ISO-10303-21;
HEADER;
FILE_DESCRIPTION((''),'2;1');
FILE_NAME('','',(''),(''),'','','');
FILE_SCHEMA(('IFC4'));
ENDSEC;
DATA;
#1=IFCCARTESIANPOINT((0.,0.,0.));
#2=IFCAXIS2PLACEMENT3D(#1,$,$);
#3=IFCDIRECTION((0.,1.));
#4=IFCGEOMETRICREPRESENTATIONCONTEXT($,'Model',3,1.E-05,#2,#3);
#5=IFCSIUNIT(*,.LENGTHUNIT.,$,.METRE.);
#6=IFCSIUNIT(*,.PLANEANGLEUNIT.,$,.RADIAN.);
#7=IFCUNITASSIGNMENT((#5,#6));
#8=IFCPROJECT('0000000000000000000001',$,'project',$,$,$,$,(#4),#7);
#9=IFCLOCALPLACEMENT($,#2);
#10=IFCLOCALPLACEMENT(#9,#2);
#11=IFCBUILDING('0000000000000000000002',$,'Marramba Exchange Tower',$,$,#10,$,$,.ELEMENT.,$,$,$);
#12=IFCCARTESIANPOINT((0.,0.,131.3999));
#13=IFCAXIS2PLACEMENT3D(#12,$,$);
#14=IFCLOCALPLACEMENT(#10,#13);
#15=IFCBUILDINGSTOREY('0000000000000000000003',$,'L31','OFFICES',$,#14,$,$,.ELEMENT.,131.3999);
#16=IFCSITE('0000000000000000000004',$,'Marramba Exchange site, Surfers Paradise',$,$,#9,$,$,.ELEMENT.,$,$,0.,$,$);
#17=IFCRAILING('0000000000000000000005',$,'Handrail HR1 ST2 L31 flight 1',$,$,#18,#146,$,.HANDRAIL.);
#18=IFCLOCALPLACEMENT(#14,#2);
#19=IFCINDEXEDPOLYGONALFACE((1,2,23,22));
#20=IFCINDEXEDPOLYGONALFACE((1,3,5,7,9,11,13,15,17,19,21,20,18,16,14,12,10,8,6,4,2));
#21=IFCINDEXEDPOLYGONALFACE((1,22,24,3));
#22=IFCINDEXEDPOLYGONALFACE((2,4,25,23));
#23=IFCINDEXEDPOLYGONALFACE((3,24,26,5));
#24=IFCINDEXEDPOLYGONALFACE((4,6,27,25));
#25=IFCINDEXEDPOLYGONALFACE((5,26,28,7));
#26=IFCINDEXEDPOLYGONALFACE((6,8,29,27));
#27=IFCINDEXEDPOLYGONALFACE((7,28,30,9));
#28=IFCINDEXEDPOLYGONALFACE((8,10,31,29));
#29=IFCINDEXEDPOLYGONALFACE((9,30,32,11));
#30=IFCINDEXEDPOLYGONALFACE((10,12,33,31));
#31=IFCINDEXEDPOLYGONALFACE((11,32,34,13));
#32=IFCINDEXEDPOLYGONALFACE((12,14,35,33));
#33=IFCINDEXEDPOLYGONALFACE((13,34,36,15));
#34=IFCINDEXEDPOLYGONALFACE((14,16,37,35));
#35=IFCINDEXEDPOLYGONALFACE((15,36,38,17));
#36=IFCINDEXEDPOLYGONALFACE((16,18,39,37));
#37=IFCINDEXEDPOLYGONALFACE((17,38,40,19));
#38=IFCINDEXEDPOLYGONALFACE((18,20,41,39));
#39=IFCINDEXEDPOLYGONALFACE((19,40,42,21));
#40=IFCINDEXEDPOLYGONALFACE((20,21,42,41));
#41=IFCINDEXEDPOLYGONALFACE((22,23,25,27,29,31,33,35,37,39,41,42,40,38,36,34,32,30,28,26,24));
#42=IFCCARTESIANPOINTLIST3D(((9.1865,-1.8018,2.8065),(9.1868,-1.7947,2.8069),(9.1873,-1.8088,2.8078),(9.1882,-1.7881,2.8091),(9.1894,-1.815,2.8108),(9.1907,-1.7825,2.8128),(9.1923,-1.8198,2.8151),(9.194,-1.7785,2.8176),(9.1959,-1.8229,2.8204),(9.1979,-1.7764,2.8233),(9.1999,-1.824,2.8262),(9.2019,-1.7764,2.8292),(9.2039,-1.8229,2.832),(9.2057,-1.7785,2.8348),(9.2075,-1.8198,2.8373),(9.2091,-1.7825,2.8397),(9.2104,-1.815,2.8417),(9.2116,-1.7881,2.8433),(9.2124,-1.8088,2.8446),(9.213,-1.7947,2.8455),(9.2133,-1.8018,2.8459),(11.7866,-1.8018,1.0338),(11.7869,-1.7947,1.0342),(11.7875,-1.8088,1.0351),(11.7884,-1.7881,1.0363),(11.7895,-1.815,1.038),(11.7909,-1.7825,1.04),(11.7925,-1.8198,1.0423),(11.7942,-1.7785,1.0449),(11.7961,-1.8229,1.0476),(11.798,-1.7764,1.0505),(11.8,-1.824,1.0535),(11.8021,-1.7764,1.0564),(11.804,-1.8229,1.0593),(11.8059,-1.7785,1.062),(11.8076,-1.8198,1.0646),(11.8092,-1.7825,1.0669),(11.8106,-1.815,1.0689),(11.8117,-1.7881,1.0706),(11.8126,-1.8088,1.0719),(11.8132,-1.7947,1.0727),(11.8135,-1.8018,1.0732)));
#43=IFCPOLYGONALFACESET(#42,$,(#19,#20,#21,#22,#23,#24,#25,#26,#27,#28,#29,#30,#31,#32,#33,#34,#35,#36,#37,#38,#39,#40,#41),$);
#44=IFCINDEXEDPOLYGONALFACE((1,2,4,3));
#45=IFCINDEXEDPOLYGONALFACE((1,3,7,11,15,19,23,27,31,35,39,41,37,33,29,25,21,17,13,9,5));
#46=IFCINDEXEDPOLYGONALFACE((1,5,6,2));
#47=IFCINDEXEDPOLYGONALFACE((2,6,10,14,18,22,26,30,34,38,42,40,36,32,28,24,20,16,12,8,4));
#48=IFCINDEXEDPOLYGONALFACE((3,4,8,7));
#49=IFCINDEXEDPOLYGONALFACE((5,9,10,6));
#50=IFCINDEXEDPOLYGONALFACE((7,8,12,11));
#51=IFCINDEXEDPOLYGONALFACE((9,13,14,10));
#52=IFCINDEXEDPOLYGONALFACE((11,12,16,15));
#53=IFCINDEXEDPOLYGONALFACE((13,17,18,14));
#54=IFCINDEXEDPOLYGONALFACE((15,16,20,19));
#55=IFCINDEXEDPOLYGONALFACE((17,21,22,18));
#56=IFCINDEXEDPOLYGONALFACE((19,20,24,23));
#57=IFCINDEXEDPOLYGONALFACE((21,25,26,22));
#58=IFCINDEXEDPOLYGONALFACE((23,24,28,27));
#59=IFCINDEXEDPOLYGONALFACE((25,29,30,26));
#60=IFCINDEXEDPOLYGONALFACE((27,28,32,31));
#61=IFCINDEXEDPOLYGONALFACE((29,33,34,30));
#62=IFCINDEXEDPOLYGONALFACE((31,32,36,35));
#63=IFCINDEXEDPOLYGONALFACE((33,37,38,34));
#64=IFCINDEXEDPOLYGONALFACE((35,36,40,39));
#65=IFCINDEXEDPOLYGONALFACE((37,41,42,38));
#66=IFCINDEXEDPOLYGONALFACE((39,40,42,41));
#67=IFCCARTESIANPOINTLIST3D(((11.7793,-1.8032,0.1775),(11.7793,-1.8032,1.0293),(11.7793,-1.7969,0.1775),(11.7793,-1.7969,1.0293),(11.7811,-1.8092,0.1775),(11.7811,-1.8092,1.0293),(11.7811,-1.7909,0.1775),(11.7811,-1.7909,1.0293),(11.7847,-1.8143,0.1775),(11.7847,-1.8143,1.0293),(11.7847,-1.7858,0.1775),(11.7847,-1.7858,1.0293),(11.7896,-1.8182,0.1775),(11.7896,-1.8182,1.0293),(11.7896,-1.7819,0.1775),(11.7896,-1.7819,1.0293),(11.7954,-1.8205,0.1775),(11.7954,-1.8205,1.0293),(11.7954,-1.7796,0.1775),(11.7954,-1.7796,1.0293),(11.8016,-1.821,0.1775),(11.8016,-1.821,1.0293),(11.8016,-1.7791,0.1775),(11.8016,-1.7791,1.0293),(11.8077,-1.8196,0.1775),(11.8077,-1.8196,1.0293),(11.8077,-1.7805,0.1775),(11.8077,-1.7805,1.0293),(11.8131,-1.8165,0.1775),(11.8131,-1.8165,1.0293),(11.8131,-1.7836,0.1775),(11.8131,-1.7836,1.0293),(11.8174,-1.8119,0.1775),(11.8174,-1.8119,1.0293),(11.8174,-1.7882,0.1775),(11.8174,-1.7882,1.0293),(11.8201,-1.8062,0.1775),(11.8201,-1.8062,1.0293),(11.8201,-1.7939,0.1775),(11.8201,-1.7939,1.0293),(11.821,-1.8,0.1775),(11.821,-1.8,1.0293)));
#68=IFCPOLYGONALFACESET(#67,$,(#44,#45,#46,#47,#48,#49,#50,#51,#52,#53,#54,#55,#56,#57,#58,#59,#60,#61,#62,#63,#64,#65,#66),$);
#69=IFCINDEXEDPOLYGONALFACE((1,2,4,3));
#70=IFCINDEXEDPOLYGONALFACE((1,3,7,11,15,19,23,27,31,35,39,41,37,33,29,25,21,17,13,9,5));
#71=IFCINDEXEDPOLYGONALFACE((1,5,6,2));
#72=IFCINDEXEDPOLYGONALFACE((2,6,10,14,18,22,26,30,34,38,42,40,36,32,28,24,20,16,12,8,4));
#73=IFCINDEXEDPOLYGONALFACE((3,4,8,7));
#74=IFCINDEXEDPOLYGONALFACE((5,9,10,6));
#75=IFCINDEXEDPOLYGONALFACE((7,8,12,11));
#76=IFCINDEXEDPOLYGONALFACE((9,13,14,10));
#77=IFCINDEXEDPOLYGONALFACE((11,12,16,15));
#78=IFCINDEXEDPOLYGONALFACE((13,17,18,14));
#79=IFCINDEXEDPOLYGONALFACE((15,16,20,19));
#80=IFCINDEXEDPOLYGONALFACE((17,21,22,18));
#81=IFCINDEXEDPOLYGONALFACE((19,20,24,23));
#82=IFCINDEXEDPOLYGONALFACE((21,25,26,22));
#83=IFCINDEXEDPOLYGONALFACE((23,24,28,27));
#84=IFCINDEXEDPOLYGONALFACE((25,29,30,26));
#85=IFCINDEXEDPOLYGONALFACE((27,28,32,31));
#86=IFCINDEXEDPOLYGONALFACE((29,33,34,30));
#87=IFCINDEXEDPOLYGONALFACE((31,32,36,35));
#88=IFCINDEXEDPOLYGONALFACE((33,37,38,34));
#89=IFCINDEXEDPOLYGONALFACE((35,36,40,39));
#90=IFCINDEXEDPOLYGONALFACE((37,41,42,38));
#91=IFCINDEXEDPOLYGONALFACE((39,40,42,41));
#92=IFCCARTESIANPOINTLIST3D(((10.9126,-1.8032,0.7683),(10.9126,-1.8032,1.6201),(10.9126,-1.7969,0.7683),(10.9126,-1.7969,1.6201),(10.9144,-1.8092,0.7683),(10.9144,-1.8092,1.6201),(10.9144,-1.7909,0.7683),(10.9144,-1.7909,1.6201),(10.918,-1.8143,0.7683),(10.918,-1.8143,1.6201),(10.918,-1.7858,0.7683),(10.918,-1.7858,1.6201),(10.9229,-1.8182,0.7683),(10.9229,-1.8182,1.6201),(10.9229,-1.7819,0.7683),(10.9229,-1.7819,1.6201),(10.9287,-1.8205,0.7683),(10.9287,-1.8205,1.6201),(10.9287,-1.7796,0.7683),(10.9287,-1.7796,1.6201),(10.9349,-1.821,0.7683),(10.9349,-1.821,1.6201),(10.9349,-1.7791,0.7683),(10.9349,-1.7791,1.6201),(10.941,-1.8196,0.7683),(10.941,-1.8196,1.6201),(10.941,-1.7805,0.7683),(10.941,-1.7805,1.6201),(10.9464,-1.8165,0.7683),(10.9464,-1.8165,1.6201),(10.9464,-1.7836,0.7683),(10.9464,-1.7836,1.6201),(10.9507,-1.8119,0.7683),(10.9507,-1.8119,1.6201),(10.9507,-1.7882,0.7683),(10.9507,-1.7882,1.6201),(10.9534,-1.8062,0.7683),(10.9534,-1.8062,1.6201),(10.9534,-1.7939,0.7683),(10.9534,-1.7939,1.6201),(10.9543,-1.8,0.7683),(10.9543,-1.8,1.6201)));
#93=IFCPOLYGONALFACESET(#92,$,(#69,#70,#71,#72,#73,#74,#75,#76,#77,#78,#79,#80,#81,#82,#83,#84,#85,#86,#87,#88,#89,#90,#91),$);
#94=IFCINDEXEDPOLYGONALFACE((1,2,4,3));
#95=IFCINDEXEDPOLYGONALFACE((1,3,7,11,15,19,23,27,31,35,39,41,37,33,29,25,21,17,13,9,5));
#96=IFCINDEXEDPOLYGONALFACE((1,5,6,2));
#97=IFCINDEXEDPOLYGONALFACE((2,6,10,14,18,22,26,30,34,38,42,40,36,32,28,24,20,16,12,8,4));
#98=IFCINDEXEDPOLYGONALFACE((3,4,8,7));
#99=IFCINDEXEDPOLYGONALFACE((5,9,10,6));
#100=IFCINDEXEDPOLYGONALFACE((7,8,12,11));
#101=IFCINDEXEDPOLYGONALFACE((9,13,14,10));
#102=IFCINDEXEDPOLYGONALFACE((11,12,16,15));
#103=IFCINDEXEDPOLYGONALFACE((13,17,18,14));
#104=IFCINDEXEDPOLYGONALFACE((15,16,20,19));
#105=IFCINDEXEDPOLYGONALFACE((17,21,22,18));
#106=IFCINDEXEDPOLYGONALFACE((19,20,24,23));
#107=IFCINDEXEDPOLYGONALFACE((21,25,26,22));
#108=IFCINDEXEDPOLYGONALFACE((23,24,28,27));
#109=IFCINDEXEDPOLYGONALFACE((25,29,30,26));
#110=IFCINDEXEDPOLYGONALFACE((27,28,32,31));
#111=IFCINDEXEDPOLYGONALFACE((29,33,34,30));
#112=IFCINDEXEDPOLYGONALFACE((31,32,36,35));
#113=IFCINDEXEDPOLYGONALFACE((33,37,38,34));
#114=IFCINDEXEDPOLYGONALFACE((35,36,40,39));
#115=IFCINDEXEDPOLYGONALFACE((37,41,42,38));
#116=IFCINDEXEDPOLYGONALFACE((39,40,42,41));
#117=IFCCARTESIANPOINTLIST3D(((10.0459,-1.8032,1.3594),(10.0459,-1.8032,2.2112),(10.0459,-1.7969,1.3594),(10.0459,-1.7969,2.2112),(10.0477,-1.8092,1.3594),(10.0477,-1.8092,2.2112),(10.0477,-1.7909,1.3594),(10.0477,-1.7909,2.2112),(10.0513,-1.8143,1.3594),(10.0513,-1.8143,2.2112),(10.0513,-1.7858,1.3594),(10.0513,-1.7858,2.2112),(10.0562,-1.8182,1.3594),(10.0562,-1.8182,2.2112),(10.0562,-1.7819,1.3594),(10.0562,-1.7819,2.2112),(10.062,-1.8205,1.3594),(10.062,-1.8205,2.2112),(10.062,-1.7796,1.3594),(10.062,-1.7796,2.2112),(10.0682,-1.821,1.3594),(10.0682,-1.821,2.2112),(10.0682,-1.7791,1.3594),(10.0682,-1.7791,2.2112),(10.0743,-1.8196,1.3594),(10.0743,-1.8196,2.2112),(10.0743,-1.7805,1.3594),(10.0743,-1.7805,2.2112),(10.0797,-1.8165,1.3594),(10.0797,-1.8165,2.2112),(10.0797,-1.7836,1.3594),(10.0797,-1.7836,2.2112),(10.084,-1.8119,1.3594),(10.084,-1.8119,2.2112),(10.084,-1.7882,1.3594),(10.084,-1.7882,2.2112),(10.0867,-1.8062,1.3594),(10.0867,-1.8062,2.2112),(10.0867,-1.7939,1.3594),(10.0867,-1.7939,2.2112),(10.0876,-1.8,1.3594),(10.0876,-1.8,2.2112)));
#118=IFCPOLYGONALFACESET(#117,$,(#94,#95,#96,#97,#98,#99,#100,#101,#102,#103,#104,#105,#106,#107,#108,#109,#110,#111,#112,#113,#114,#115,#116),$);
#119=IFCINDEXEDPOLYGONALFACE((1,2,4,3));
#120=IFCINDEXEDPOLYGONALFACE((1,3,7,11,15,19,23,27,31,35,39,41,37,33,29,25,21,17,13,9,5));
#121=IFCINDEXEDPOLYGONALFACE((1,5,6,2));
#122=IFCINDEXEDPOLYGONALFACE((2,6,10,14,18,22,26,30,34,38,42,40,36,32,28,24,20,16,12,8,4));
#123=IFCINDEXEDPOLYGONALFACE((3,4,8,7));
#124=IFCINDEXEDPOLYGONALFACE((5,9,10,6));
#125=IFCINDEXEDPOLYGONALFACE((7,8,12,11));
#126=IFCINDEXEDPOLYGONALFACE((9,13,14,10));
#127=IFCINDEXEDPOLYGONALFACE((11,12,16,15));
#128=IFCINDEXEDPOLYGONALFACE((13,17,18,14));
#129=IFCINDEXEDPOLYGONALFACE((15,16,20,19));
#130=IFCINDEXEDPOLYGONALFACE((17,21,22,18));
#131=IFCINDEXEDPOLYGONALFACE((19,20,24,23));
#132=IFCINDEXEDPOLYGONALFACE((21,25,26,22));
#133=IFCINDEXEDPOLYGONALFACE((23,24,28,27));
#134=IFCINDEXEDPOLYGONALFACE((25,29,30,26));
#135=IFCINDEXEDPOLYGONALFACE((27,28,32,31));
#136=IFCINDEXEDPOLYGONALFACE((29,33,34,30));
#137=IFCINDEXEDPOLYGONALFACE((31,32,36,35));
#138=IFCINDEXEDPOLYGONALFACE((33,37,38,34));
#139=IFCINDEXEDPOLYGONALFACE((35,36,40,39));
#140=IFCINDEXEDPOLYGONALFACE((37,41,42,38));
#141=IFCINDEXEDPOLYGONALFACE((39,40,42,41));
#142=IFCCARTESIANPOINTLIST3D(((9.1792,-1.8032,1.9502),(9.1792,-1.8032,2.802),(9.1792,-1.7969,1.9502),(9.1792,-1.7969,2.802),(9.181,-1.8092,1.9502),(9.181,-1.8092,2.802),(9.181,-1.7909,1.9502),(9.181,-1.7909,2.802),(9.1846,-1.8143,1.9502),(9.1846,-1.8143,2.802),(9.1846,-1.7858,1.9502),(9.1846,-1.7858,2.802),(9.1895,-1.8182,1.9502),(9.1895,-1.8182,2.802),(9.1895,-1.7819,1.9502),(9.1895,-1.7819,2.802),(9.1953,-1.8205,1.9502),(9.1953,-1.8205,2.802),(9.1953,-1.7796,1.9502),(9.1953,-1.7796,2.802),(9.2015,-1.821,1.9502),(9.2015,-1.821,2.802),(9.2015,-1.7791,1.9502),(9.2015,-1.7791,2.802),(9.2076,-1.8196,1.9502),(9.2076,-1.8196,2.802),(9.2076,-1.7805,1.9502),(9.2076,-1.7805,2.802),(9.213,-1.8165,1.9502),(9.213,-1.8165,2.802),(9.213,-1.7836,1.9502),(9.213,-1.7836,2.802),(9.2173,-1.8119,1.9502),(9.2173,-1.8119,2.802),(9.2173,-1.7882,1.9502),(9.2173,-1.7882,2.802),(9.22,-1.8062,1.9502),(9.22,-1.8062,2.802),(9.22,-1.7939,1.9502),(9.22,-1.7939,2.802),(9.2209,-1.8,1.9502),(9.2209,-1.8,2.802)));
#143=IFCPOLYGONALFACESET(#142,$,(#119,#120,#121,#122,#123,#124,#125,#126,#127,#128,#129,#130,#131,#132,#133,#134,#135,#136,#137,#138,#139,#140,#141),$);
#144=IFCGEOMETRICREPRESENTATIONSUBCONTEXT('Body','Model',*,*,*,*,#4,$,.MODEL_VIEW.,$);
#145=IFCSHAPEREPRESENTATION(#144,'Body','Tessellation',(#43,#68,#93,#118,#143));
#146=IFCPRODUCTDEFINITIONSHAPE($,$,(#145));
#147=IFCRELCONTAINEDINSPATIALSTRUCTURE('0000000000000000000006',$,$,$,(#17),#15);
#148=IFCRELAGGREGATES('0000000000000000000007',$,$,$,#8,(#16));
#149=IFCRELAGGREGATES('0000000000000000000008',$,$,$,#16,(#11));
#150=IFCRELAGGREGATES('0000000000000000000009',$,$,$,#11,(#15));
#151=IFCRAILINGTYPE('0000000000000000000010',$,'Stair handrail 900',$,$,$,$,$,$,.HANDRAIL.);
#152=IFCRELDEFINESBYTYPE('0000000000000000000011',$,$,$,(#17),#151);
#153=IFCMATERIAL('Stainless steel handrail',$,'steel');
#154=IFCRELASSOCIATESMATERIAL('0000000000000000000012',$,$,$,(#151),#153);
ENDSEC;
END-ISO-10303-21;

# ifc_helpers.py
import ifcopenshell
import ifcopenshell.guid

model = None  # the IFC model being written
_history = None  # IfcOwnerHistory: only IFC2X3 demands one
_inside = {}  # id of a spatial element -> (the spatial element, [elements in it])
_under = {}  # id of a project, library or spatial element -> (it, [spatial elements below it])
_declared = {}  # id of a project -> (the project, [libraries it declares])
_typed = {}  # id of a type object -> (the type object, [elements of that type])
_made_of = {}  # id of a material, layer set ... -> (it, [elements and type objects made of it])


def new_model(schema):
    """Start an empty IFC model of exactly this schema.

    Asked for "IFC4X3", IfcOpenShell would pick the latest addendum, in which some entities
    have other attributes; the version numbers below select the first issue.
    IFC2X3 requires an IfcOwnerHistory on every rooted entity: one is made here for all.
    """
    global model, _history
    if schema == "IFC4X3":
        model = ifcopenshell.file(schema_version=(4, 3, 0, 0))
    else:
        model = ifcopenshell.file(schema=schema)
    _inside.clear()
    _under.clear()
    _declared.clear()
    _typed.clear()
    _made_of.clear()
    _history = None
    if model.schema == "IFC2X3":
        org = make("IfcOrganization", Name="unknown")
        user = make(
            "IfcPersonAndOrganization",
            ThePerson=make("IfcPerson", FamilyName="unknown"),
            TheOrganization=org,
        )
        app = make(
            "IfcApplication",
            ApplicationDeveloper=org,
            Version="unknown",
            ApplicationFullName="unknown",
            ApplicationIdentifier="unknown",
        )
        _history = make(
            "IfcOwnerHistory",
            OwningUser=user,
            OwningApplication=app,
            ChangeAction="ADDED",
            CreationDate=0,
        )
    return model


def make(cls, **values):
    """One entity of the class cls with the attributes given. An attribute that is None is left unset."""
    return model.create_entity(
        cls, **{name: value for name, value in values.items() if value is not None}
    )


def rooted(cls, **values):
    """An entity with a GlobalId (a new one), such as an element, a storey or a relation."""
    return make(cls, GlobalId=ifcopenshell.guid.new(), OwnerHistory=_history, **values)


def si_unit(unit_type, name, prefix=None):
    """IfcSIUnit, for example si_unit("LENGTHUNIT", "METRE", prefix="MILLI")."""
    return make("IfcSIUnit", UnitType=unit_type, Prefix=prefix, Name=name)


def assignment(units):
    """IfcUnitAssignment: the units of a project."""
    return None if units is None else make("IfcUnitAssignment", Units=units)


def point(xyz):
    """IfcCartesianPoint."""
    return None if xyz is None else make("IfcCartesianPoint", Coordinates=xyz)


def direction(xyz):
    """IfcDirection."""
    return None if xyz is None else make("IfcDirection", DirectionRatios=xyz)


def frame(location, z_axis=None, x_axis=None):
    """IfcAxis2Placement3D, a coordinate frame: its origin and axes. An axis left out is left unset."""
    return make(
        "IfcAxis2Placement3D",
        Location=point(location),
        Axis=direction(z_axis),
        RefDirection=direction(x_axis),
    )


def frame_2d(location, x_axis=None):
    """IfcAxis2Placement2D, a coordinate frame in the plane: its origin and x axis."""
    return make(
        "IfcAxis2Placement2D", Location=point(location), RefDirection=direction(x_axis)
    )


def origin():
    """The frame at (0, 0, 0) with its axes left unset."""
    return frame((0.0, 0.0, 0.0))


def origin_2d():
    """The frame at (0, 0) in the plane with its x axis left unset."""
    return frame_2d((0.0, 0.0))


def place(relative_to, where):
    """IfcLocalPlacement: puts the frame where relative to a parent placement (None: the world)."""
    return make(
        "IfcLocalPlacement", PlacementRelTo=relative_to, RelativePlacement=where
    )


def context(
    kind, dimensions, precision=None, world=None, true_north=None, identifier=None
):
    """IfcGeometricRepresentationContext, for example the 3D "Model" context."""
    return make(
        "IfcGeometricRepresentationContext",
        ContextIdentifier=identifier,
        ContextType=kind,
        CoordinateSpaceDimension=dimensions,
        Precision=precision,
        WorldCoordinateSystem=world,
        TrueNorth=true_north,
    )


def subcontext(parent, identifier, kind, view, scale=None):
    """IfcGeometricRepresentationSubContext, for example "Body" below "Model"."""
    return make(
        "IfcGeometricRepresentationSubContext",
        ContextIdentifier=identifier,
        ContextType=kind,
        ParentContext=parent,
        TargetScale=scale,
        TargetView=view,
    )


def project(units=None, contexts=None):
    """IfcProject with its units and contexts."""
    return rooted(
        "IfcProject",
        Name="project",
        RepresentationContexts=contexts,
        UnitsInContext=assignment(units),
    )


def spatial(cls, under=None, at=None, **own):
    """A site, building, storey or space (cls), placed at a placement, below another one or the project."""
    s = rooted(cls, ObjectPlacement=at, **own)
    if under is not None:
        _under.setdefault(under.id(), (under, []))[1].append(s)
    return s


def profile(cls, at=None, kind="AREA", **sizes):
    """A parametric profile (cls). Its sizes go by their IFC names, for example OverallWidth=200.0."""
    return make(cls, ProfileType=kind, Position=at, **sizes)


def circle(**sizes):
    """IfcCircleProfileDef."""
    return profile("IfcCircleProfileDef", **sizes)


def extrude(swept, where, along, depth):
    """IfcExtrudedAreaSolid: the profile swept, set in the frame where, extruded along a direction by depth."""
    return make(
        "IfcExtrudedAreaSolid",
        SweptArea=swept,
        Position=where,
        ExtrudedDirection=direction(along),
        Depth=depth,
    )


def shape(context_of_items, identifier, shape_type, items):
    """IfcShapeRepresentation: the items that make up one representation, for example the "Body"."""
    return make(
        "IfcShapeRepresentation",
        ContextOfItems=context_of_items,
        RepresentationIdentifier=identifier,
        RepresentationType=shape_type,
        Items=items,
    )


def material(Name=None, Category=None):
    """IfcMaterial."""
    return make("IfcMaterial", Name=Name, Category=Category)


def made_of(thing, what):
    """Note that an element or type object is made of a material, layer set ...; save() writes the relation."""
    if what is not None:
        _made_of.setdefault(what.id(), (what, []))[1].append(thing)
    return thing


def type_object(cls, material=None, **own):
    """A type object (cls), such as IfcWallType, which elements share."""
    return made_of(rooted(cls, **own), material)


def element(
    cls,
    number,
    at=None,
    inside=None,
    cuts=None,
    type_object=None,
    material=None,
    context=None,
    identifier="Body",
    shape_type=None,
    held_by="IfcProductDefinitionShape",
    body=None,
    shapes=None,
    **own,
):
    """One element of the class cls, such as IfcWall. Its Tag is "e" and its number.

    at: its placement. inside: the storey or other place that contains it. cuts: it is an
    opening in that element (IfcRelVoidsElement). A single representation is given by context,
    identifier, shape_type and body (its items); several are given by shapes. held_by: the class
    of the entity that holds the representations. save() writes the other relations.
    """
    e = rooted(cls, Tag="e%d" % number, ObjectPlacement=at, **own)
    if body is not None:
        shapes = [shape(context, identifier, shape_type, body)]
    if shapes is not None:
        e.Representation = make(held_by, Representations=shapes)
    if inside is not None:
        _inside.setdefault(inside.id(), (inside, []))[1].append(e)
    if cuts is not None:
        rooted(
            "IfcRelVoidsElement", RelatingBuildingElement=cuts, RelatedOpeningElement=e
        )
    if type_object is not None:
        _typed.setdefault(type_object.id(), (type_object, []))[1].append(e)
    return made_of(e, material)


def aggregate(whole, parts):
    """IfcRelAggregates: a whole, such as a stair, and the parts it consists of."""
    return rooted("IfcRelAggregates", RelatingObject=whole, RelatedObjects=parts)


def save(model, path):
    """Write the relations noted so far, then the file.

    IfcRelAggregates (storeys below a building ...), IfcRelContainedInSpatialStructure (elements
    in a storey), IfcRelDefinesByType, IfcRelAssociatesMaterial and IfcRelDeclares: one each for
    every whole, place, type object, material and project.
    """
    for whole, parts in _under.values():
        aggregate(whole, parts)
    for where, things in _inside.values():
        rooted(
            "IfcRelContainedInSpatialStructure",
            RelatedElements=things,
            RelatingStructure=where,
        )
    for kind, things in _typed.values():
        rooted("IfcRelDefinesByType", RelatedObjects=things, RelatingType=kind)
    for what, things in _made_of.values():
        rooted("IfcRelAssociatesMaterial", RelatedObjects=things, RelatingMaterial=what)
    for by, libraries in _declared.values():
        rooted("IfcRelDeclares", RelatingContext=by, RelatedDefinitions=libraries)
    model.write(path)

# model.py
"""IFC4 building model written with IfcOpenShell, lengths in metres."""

from ifc_helpers import new_model, si_unit, direction, frame, origin, origin_2d, place, context, subcontext, project, spatial, circle, extrude, material, type_object, element, save


model = new_model("IFC4")

# Units and contexts
model_context = context("Model", 3, precision=1e-05, world=origin(), true_north=direction((0.0, 1.0)))
body_context = subcontext(model_context, "Body", "Model", "MODEL_VIEW")
ifc_project = project(units=[si_unit("LENGTHUNIT", "METRE"), si_unit("PLANEANGLEUNIT", "RADIAN")], contexts=[model_context])

# Site, building, storey
site_placement = place(None, origin())
site = spatial("IfcSite", under=ifc_project, at=site_placement, Name="Marramba Exchange site, Surfers Paradise", CompositionType="ELEMENT", RefElevation=0.0)
building_placement = place(site_placement, origin())
building = spatial("IfcBuilding", under=site, at=building_placement, Name="Marramba Exchange Tower", CompositionType="ELEMENT")
storey_placement = place(building_placement, frame((0.0, 0.0, 131.3999)))
storey = spatial("IfcBuildingStorey", under=building, at=storey_placement, Name="L31", Description="OFFICES", CompositionType="ELEMENT", Elevation=131.3999)

# Railing
ifc_material_1 = material(Name="Stainless steel handrail", Category="steel")
railing_type = type_object("IfcRailingType", Name="Stair handrail 900", PredefinedType="HANDRAIL", material=ifc_material_1)
railing_placement = place(storey_placement, frame((11.8, -1.8, 0.1775)))
element("IfcRailing", 1, at=railing_placement, inside=storey, type_object=railing_type, Name="Handrail HR1 ST2 L31 flight 1", PredefinedType="HANDRAIL", context=body_context, shape_type="SweptSolid", body=[
    extrude(circle(Radius=0.0239, at=origin_2d()), frame((0.0, 0.0, 0.876), z_axis=(-0.82624, 0.0, 0.563318), x_axis=(0.0, -1.0, 0.0)), (0.0, 0.0, 1.0), 3.147),
    extrude(circle(Radius=0.021, at=origin_2d()), origin(), (0.0, 0.0, 1.0), 0.8518),
    extrude(circle(Radius=0.021, at=origin_2d()), frame((-0.8667, 0.0, 0.5908)), (0.0, 0.0, 1.0), 0.8518),
    extrude(circle(Radius=0.021, at=origin_2d()), frame((-1.7334, 0.0, 1.1819)), (0.0, 0.0, 1.0), 0.8518),
    extrude(circle(Radius=0.021, at=origin_2d()), frame((-2.6001, 0.0, 1.7727)), (0.0, 0.0, 1.0), 0.8518),
])

save(model, "model.ifc")
